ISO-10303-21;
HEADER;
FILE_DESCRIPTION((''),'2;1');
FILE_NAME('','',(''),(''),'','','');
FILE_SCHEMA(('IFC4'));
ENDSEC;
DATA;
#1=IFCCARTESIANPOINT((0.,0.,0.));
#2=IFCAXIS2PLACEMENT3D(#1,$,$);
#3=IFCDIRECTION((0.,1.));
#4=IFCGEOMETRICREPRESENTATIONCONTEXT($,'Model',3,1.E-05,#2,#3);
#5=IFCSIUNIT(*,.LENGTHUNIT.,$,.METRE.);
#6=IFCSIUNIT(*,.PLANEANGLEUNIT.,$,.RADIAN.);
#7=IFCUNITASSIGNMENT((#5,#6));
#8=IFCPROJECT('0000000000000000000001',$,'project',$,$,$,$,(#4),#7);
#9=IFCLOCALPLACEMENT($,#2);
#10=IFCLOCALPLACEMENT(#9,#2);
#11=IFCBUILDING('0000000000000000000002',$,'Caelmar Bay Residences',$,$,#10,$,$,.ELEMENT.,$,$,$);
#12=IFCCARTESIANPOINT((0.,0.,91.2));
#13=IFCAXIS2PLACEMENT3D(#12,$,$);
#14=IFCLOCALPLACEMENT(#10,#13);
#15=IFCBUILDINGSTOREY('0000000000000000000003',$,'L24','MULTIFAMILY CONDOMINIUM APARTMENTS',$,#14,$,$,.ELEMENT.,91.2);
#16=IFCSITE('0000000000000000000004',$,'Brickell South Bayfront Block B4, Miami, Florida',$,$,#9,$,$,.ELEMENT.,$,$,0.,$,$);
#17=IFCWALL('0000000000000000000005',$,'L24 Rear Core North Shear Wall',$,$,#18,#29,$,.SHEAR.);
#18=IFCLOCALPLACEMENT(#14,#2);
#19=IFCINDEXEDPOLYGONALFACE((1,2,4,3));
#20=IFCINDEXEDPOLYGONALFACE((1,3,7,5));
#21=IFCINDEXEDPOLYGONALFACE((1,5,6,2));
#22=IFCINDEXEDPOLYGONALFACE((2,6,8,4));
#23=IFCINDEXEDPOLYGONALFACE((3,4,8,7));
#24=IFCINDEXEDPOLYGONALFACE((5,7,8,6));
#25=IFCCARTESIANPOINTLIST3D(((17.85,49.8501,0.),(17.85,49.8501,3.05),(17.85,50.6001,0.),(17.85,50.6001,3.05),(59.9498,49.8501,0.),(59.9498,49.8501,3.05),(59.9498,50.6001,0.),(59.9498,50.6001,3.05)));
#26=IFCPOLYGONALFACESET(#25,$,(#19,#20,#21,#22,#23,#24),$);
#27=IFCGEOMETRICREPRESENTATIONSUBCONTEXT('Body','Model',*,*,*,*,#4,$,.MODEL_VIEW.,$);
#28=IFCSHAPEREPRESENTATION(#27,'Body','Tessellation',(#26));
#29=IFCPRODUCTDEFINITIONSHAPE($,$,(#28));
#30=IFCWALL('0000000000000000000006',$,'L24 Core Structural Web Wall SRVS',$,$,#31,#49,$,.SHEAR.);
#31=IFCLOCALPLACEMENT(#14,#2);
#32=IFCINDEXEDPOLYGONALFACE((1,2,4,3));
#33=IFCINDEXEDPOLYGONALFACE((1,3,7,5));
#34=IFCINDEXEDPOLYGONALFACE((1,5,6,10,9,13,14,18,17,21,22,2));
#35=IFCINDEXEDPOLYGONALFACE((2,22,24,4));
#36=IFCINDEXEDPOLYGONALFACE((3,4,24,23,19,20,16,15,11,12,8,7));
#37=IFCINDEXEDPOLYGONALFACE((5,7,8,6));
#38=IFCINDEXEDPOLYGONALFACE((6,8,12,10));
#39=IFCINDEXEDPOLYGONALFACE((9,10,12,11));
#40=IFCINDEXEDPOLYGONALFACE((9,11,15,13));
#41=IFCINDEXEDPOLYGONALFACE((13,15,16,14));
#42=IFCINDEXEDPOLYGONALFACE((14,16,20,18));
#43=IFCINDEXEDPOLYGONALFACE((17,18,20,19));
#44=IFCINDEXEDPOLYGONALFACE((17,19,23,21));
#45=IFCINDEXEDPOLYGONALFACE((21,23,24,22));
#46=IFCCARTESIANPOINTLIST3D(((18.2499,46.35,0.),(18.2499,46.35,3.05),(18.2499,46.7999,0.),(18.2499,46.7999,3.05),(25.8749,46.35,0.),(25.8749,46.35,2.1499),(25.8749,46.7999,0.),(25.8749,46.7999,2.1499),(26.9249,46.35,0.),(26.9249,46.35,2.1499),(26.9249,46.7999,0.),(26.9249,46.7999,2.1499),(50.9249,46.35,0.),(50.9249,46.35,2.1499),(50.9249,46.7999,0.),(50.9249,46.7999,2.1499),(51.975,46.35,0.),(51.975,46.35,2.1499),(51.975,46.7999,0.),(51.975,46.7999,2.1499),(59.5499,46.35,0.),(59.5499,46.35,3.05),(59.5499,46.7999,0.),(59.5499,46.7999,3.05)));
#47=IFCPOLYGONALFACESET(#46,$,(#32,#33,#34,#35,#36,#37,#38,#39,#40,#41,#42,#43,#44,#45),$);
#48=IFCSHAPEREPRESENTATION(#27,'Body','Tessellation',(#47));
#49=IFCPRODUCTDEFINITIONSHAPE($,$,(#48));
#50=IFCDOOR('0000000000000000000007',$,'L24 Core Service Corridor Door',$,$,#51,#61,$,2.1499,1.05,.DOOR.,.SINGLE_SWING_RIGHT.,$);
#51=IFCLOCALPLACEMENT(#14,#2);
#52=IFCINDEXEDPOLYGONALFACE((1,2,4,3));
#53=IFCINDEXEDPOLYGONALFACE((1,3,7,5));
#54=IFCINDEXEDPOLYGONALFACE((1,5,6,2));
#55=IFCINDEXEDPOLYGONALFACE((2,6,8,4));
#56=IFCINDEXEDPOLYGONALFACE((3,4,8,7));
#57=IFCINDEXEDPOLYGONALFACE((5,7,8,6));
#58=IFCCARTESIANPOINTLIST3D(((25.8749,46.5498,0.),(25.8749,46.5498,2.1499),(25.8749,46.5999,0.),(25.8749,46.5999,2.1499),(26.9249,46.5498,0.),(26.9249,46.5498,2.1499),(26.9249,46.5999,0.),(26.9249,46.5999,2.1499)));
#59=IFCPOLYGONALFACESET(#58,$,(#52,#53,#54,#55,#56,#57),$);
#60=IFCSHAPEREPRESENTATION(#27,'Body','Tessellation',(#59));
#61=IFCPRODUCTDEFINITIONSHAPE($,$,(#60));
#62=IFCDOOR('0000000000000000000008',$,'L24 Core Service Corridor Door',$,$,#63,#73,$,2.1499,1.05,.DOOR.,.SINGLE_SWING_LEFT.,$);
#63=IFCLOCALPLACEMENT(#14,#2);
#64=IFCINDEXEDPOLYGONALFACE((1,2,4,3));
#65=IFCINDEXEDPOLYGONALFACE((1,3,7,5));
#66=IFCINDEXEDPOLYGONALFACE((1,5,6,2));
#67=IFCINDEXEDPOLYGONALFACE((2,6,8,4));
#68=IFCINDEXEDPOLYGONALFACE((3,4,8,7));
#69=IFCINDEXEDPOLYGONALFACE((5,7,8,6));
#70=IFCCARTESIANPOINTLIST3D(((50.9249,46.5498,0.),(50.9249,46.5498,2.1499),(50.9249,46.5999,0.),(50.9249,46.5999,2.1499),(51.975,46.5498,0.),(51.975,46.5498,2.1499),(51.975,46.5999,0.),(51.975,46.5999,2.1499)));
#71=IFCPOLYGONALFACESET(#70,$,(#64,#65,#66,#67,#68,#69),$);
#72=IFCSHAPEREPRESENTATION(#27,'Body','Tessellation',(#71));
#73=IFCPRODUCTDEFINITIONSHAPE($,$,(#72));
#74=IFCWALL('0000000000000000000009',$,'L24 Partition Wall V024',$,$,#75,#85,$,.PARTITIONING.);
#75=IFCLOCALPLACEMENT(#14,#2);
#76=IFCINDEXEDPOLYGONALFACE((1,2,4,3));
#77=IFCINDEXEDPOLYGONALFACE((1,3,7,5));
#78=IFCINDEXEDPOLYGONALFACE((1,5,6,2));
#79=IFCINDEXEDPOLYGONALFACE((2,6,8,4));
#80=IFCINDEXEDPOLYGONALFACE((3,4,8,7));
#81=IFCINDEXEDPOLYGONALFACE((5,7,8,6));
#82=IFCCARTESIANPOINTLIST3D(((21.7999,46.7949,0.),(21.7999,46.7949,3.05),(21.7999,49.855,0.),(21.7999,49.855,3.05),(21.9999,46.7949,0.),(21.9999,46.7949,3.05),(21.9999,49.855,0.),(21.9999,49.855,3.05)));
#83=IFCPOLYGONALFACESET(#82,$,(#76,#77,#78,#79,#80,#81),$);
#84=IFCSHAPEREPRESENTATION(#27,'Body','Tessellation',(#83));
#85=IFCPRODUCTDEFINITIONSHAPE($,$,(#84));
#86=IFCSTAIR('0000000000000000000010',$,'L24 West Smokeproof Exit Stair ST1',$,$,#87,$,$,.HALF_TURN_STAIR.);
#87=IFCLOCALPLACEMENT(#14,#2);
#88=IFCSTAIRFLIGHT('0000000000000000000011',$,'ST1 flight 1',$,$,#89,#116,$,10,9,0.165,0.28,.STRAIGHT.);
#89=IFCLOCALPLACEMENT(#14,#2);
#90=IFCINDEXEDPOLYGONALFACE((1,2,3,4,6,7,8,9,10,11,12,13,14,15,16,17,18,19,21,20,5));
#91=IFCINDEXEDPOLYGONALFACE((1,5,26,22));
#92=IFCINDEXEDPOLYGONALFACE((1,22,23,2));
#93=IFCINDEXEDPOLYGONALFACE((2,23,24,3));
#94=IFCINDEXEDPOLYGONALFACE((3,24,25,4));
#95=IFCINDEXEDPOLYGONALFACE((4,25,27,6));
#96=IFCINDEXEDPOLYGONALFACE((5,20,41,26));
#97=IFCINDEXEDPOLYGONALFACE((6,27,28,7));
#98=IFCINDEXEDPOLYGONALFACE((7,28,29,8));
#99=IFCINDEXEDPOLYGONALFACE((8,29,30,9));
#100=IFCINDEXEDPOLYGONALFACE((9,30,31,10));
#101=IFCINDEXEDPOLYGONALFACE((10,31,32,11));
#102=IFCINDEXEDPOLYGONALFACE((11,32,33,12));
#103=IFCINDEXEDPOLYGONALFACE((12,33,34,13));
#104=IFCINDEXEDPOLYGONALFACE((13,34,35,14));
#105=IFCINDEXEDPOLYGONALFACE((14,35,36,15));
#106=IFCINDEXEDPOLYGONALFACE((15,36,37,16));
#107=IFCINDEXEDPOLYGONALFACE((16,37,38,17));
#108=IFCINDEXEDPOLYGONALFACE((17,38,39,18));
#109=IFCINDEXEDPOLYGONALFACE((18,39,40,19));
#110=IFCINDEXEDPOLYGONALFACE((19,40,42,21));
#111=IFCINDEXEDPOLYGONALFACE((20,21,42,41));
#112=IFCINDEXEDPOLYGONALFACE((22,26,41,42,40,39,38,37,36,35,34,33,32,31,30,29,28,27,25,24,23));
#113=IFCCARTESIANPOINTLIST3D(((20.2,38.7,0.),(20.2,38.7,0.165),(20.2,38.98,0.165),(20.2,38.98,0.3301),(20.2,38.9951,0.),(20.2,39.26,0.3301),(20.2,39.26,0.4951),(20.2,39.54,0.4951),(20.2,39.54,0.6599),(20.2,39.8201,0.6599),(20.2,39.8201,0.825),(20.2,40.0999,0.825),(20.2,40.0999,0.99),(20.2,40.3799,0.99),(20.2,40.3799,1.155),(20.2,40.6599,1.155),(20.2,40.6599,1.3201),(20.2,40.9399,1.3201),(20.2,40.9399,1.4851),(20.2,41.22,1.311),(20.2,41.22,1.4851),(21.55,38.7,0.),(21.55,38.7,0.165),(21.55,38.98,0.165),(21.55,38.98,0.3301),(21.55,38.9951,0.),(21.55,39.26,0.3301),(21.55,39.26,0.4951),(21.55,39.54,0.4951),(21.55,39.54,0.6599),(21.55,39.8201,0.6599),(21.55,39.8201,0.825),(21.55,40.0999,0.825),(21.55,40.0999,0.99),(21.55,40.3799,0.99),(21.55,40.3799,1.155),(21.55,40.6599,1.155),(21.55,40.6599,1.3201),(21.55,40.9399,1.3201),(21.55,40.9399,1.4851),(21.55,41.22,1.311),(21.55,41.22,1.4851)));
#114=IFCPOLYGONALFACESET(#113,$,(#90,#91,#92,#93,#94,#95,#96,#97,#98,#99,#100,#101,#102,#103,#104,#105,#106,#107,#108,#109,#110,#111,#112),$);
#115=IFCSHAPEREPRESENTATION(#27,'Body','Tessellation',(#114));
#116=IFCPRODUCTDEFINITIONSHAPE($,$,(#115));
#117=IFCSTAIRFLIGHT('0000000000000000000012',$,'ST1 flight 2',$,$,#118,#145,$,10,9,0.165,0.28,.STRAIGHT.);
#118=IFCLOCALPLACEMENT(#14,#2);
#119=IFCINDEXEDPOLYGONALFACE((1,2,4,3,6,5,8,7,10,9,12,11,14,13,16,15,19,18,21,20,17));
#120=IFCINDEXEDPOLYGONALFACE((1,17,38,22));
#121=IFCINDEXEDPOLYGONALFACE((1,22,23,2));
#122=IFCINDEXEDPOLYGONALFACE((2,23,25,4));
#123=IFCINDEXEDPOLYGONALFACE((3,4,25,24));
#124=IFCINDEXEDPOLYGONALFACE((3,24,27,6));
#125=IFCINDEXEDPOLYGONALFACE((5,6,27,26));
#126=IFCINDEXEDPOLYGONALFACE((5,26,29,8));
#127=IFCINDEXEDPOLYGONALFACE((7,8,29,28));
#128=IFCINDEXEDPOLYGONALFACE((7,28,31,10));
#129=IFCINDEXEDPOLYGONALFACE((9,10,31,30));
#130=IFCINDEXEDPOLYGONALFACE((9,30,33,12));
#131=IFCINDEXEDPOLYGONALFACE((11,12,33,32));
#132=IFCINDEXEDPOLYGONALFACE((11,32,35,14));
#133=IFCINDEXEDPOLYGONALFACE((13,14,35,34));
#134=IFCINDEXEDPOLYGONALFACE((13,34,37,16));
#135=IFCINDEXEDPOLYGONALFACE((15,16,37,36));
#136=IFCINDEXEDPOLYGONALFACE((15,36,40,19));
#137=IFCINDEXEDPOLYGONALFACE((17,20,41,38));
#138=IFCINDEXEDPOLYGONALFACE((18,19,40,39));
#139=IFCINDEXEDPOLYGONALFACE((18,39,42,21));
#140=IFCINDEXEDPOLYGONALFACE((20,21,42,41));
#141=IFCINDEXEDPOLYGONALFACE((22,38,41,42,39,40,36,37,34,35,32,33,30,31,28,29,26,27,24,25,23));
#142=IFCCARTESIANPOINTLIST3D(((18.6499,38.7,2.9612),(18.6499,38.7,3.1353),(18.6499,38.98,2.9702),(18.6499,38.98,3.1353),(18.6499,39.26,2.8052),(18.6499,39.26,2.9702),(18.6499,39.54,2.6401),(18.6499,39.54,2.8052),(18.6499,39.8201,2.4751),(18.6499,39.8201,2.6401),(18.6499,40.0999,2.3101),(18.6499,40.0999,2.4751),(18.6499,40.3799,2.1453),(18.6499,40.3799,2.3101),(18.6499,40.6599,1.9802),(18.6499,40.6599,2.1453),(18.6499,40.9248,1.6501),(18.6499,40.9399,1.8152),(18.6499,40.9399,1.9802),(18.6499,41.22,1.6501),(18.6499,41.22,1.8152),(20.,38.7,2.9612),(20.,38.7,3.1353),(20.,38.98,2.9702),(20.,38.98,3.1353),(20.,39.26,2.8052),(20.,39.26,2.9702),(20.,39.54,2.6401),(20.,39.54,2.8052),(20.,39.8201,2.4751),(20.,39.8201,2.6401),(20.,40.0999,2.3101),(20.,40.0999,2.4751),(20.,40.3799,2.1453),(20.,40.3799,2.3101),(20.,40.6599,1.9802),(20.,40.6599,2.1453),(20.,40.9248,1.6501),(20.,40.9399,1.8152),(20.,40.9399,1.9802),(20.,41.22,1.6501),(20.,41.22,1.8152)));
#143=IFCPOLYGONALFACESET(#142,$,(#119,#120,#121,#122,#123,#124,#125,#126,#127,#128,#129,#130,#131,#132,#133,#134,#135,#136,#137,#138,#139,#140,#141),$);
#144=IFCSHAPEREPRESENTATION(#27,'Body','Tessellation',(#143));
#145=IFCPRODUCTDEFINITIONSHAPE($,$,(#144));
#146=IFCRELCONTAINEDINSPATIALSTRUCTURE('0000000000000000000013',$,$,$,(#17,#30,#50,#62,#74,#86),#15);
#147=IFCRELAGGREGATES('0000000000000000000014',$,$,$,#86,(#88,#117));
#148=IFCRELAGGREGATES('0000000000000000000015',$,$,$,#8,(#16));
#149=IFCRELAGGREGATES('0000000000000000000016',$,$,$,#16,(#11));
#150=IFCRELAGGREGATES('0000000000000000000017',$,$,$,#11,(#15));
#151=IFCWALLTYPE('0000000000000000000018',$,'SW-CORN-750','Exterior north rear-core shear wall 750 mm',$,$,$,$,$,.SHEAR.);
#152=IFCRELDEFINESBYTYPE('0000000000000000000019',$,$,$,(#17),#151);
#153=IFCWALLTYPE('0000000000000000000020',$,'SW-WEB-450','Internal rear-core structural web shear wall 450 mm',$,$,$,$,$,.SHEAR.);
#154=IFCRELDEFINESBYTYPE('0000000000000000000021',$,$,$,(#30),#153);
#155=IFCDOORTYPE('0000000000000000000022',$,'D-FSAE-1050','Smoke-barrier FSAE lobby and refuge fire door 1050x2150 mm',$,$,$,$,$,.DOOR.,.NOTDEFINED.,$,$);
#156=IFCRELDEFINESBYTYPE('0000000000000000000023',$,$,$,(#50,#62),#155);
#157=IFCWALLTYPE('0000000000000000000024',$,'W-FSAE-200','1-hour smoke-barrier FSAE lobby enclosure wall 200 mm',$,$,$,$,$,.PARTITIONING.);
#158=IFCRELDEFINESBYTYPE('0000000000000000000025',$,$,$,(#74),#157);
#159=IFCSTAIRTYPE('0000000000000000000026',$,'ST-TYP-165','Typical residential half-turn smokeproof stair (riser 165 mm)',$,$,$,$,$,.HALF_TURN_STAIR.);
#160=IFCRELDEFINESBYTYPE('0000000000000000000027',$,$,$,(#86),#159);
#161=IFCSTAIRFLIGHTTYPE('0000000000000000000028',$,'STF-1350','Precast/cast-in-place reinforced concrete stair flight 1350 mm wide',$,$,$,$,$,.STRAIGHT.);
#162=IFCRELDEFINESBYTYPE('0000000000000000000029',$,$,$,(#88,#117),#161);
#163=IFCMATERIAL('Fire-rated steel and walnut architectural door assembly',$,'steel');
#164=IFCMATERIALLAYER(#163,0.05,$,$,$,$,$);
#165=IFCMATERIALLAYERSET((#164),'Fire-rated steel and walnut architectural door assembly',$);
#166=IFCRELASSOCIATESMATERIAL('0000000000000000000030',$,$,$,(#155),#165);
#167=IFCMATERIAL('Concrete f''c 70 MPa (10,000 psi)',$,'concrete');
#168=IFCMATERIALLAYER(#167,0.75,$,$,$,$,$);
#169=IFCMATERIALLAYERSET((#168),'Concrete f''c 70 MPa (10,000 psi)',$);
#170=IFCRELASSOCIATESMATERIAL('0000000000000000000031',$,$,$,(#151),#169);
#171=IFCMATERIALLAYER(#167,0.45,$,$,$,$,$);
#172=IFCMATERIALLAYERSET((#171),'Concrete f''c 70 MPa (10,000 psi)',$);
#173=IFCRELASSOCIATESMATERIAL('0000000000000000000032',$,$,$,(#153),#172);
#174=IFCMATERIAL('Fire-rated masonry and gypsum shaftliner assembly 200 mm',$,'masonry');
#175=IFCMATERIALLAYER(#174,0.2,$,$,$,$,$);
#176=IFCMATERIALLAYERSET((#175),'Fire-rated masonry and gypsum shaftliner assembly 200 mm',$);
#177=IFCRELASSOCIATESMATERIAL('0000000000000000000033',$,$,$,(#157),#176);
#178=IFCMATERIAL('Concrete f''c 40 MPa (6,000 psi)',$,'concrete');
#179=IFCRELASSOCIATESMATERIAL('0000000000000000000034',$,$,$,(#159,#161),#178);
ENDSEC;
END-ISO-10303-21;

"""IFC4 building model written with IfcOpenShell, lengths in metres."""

from ifc_helpers import new_model, si_unit, direction, frame, frame_2d, origin, place, context, subcontext, project, spatial, polyline, rectangle, outline, extrude, material, layer, layer_set, type_object, element, fill, aggregate, save


model = new_model("IFC4")

# Units and contexts
model_context = context("Model", 3, precision=1e-05, world=origin(), true_north=direction((0.0, 1.0)))
body_context = subcontext(model_context, "Body", "Model", "MODEL_VIEW")
ifc_project = project(units=[si_unit("LENGTHUNIT", "METRE"), si_unit("PLANEANGLEUNIT", "RADIAN")], contexts=[model_context])

# Site, building, storey
site_placement = place(None, origin())
site = spatial("IfcSite", under=ifc_project, at=site_placement, Name="Brickell South Bayfront Block B4, Miami, Florida", CompositionType="ELEMENT", RefElevation=0.0)
building_placement = place(site_placement, origin())
building = spatial("IfcBuilding", under=site, at=building_placement, Name="Caelmar Bay Residences", CompositionType="ELEMENT")
storey_placement = place(building_placement, frame((0.0, 0.0, 91.2)))
storey = spatial("IfcBuildingStorey", under=building, at=storey_placement, Name="L24", Description="MULTIFAMILY CONDOMINIUM APARTMENTS", CompositionType="ELEMENT", Elevation=91.2)

# Shared definitions
ifc_material_1 = material(Name="Fire-rated steel and walnut architectural door assembly", Category="steel")

# Shared definitions
ifc_material_2 = material(Name="Concrete f'c 70 MPa (10,000 psi)", Category="concrete")
ifc_layer_1 = layer(ifc_material_1, 0.05)
ifc_layer_set_1 = layer_set([ifc_layer_1], Name="Fire-rated steel and walnut architectural door assembly")
door_type_1 = type_object("IfcDoorType", Name="D-FSAE-1050", Description="Smoke-barrier FSAE lobby and refuge fire door 1050x2150 mm", OperationType="NOTDEFINED", PredefinedType="DOOR", material=ifc_layer_set_1)

# Wall
ifc_layer_2 = layer(ifc_material_2, 0.75)
ifc_layer_set_2 = layer_set([ifc_layer_2], Name="Concrete f'c 70 MPa (10,000 psi)")
wall_type_1 = type_object("IfcWallType", Name="SW-CORN-750", Description="Exterior north rear-core shear wall 750 mm", PredefinedType="SHEAR", material=ifc_layer_set_2)
wall_1_placement = place(storey_placement, frame((17.8501, 50.2251, 0.0), z_axis=(0.0, 0.0, 1.0), x_axis=(1.0, 0.0, 0.0)))
element("IfcWall", 1, at=wall_1_placement, inside=storey, type_object=wall_type_1, Name="L24 Rear Core North Shear Wall", PredefinedType="SHEAR", context=body_context, shape_type="SweptSolid", body=[
    extrude(rectangle(XDim=42.0999, YDim=0.75, at=frame_2d((21.0498, 0.0))), origin(), (0.0, 0.0, 1.0), 3.05),
])

# Wall, openings, doors
ifc_layer_3 = layer(ifc_material_2, 0.45)
ifc_layer_set_3 = layer_set([ifc_layer_3], Name="Concrete f'c 70 MPa (10,000 psi)")
wall_type_2 = type_object("IfcWallType", Name="SW-WEB-450", Description="Internal rear-core structural web shear wall 450 mm", PredefinedType="SHEAR", material=ifc_layer_set_3)
wall_2_placement = place(storey_placement, frame((18.25, 46.575, 0.0), z_axis=(0.0, 0.0, 1.0), x_axis=(1.0, 0.0, 0.0)))
wall_2 = element("IfcWall", 2, at=wall_2_placement, inside=storey, type_object=wall_type_2, Name="L24 Core Structural Web Wall SRVS", PredefinedType="SHEAR", context=body_context, shape_type="SweptSolid", body=[
    extrude(rectangle(XDim=41.3, YDim=0.45, at=frame_2d((20.6499, 0.0))), origin(), (0.0, 0.0, 1.0), 3.05),
])
opening_1_placement = place(wall_2_placement, frame((7.625, 0.0, 0.0)))
opening_1 = element("IfcOpeningElement", 3, at=opening_1_placement, cuts=wall_2, PredefinedType="OPENING", context=body_context, shape_type="SweptSolid", body=[
    extrude(rectangle(XDim=1.05, YDim=2.1499, at=frame_2d((0.5249, 1.075))), frame((0.0, 0.2349, 0.0), z_axis=(0.0, -1.0, 0.0), x_axis=(1.0, 0.0, 0.0)), (0.0, 0.0, 1.0), 0.47),
])
opening_2_placement = place(wall_2_placement, frame((32.675, 0.0, 0.0)))
opening_2 = element("IfcOpeningElement", 4, at=opening_2_placement, cuts=wall_2, PredefinedType="OPENING", context=body_context, shape_type="SweptSolid", body=[
    extrude(rectangle(XDim=1.05, YDim=2.1499, at=frame_2d((0.5249, 1.075))), frame((0.0, 0.2349, 0.0), z_axis=(0.0, -1.0, 0.0), x_axis=(1.0, 0.0, 0.0)), (0.0, 0.0, 1.0), 0.47),
])
door_1_placement = place(opening_1_placement, origin())
door_1 = element("IfcDoor", 5, at=door_1_placement, inside=storey, type_object=door_type_1, Name="L24 Core Service Corridor Door", OperationType="SINGLE_SWING_RIGHT", OverallHeight=2.1499, OverallWidth=1.05, PredefinedType="DOOR", context=body_context, shape_type="SweptSolid", body=[
    extrude(rectangle(XDim=1.05, YDim=2.1499, at=frame_2d((0.5249, 1.075))), frame((0.0, 0.0249, 0.0), z_axis=(0.0, -1.0, 0.0), x_axis=(1.0, 0.0, 0.0)), (0.0, 0.0, 1.0), 0.05),
])
fill(opening_1, door_1)
door_2_placement = place(opening_2_placement, origin())
door_2 = element("IfcDoor", 6, at=door_2_placement, inside=storey, type_object=door_type_1, Name="L24 Core Service Corridor Door", OperationType="SINGLE_SWING_LEFT", OverallHeight=2.1499, OverallWidth=1.05, PredefinedType="DOOR", context=body_context, shape_type="SweptSolid", body=[
    extrude(rectangle(XDim=1.05, YDim=2.1499, at=frame_2d((0.5249, 1.075))), frame((0.0, 0.0249, 0.0), z_axis=(0.0, -1.0, 0.0), x_axis=(1.0, 0.0, 0.0)), (0.0, 0.0, 1.0), 0.05),
])
fill(opening_2, door_2)

# Wall
ifc_material_3 = material(Name="Fire-rated masonry and gypsum shaftliner assembly 200 mm", Category="masonry")
ifc_layer_4 = layer(ifc_material_3, 0.2)
ifc_layer_set_4 = layer_set([ifc_layer_4], Name="Fire-rated masonry and gypsum shaftliner assembly 200 mm")
wall_type_3 = type_object("IfcWallType", Name="W-FSAE-200", Description="1-hour smoke-barrier FSAE lobby enclosure wall 200 mm", PredefinedType="PARTITIONING", material=ifc_layer_set_4)
wall_3_placement = place(storey_placement, frame((21.8999, 46.7949, 0.0), z_axis=(0.0, 0.0, 1.0), x_axis=(0.0, 1.0, 0.0)))
element("IfcWall", 7, at=wall_3_placement, inside=storey, type_object=wall_type_3, Name="L24 Partition Wall V024", PredefinedType="PARTITIONING", context=body_context, shape_type="SweptSolid", body=[
    extrude(rectangle(XDim=3.0601, YDim=0.2, at=frame_2d((1.53, 0.0))), origin(), (0.0, 0.0, 1.0), 3.05),
])

# Stair, stair flights
ifc_material_4 = material(Name="Concrete f'c 40 MPa (6,000 psi)", Category="concrete")
stair_type = type_object("IfcStairType", Name="ST-TYP-165", Description="Typical residential half-turn smokeproof stair (riser 165 mm)", PredefinedType="HALF_TURN_STAIR", material=ifc_material_4)
stair_placement = place(storey_placement, origin())
stair = element("IfcStair", 8, at=stair_placement, inside=storey, type_object=stair_type, Name="L24 West Smokeproof Exit Stair ST1", PredefinedType="HALF_TURN_STAIR")
stair_flight_type = type_object("IfcStairFlightType", Name="STF-1350", Description="Precast/cast-in-place reinforced concrete stair flight 1350 mm wide", PredefinedType="STRAIGHT", material=ifc_material_4)
stair_flight_1_placement = place(storey_placement, frame((20.875, 38.7, 0.0), z_axis=(0.0, 0.0, 1.0), x_axis=(0.0, 1.0, 0.0)))
stair_flight_1 = element("IfcStairFlight", 9, at=stair_flight_1_placement, type_object=stair_flight_type, Name="ST1 flight 1", NumberOfRisers=10, NumberOfTreads=9, PredefinedType="STRAIGHT", RiserHeight=0.165, TreadLength=0.28, context=body_context, shape_type="SweptSolid", body=[
    extrude(outline(polyline([(0.0, 0.0), (0.0, 0.165), (0.28, 0.165), (0.28, 0.3301), (0.5601, 0.3301), (0.5601, 0.4951), (0.8401, 0.4951), (0.8401, 0.6599), (1.1201, 0.6599), (1.1201, 0.825), (1.3999, 0.825), (1.3999, 0.99), (1.6799, 0.99), (1.6799, 1.155), (1.96, 1.155), (1.96, 1.3201), (2.24, 1.3201), (2.24, 1.4851), (2.52, 1.4851), (2.52, 1.6499), (2.52, 1.311), (0.2952, 0.0), (0.0, 0.0)])), frame((0.0, 0.675, 0.0), z_axis=(0.0, -1.0, 0.0), x_axis=(1.0, 0.0, 0.0)), (0.0, 0.0, 1.0), 1.3501),
])
stair_flight_2_placement = place(storey_placement, frame((19.325, 41.22, 1.6501), z_axis=(0.0, 0.0, 1.0), x_axis=(0.0, -1.0, 0.0)))
stair_flight_2 = element("IfcStairFlight", 10, at=stair_flight_2_placement, type_object=stair_flight_type, Name="ST1 flight 2", NumberOfRisers=10, NumberOfTreads=9, PredefinedType="STRAIGHT", RiserHeight=0.165, TreadLength=0.28, context=body_context, shape_type="SweptSolid", body=[
    extrude(outline(polyline([(0.0, 0.0), (0.0, 0.165), (0.28, 0.165), (0.28, 0.3301), (0.5601, 0.3301), (0.5601, 0.4951), (0.8401, 0.4951), (0.8401, 0.6599), (1.1201, 0.6599), (1.1201, 0.825), (1.3999, 0.825), (1.3999, 0.99), (1.6799, 0.99), (1.6799, 1.155), (1.96, 1.155), (1.96, 1.3201), (2.24, 1.3201), (2.24, 1.4851), (2.52, 1.4851), (2.52, 1.6499), (2.52, 1.311), (0.2952, 0.0), (0.0, 0.0)])), frame((0.0, 0.675, 0.0), z_axis=(0.0, -1.0, 0.0), x_axis=(1.0, 0.0, 0.0)), (0.0, 0.0, 1.0), 1.3501),
])
aggregate(stair, [stair_flight_1, stair_flight_2])

save(model, "model.ifc")
